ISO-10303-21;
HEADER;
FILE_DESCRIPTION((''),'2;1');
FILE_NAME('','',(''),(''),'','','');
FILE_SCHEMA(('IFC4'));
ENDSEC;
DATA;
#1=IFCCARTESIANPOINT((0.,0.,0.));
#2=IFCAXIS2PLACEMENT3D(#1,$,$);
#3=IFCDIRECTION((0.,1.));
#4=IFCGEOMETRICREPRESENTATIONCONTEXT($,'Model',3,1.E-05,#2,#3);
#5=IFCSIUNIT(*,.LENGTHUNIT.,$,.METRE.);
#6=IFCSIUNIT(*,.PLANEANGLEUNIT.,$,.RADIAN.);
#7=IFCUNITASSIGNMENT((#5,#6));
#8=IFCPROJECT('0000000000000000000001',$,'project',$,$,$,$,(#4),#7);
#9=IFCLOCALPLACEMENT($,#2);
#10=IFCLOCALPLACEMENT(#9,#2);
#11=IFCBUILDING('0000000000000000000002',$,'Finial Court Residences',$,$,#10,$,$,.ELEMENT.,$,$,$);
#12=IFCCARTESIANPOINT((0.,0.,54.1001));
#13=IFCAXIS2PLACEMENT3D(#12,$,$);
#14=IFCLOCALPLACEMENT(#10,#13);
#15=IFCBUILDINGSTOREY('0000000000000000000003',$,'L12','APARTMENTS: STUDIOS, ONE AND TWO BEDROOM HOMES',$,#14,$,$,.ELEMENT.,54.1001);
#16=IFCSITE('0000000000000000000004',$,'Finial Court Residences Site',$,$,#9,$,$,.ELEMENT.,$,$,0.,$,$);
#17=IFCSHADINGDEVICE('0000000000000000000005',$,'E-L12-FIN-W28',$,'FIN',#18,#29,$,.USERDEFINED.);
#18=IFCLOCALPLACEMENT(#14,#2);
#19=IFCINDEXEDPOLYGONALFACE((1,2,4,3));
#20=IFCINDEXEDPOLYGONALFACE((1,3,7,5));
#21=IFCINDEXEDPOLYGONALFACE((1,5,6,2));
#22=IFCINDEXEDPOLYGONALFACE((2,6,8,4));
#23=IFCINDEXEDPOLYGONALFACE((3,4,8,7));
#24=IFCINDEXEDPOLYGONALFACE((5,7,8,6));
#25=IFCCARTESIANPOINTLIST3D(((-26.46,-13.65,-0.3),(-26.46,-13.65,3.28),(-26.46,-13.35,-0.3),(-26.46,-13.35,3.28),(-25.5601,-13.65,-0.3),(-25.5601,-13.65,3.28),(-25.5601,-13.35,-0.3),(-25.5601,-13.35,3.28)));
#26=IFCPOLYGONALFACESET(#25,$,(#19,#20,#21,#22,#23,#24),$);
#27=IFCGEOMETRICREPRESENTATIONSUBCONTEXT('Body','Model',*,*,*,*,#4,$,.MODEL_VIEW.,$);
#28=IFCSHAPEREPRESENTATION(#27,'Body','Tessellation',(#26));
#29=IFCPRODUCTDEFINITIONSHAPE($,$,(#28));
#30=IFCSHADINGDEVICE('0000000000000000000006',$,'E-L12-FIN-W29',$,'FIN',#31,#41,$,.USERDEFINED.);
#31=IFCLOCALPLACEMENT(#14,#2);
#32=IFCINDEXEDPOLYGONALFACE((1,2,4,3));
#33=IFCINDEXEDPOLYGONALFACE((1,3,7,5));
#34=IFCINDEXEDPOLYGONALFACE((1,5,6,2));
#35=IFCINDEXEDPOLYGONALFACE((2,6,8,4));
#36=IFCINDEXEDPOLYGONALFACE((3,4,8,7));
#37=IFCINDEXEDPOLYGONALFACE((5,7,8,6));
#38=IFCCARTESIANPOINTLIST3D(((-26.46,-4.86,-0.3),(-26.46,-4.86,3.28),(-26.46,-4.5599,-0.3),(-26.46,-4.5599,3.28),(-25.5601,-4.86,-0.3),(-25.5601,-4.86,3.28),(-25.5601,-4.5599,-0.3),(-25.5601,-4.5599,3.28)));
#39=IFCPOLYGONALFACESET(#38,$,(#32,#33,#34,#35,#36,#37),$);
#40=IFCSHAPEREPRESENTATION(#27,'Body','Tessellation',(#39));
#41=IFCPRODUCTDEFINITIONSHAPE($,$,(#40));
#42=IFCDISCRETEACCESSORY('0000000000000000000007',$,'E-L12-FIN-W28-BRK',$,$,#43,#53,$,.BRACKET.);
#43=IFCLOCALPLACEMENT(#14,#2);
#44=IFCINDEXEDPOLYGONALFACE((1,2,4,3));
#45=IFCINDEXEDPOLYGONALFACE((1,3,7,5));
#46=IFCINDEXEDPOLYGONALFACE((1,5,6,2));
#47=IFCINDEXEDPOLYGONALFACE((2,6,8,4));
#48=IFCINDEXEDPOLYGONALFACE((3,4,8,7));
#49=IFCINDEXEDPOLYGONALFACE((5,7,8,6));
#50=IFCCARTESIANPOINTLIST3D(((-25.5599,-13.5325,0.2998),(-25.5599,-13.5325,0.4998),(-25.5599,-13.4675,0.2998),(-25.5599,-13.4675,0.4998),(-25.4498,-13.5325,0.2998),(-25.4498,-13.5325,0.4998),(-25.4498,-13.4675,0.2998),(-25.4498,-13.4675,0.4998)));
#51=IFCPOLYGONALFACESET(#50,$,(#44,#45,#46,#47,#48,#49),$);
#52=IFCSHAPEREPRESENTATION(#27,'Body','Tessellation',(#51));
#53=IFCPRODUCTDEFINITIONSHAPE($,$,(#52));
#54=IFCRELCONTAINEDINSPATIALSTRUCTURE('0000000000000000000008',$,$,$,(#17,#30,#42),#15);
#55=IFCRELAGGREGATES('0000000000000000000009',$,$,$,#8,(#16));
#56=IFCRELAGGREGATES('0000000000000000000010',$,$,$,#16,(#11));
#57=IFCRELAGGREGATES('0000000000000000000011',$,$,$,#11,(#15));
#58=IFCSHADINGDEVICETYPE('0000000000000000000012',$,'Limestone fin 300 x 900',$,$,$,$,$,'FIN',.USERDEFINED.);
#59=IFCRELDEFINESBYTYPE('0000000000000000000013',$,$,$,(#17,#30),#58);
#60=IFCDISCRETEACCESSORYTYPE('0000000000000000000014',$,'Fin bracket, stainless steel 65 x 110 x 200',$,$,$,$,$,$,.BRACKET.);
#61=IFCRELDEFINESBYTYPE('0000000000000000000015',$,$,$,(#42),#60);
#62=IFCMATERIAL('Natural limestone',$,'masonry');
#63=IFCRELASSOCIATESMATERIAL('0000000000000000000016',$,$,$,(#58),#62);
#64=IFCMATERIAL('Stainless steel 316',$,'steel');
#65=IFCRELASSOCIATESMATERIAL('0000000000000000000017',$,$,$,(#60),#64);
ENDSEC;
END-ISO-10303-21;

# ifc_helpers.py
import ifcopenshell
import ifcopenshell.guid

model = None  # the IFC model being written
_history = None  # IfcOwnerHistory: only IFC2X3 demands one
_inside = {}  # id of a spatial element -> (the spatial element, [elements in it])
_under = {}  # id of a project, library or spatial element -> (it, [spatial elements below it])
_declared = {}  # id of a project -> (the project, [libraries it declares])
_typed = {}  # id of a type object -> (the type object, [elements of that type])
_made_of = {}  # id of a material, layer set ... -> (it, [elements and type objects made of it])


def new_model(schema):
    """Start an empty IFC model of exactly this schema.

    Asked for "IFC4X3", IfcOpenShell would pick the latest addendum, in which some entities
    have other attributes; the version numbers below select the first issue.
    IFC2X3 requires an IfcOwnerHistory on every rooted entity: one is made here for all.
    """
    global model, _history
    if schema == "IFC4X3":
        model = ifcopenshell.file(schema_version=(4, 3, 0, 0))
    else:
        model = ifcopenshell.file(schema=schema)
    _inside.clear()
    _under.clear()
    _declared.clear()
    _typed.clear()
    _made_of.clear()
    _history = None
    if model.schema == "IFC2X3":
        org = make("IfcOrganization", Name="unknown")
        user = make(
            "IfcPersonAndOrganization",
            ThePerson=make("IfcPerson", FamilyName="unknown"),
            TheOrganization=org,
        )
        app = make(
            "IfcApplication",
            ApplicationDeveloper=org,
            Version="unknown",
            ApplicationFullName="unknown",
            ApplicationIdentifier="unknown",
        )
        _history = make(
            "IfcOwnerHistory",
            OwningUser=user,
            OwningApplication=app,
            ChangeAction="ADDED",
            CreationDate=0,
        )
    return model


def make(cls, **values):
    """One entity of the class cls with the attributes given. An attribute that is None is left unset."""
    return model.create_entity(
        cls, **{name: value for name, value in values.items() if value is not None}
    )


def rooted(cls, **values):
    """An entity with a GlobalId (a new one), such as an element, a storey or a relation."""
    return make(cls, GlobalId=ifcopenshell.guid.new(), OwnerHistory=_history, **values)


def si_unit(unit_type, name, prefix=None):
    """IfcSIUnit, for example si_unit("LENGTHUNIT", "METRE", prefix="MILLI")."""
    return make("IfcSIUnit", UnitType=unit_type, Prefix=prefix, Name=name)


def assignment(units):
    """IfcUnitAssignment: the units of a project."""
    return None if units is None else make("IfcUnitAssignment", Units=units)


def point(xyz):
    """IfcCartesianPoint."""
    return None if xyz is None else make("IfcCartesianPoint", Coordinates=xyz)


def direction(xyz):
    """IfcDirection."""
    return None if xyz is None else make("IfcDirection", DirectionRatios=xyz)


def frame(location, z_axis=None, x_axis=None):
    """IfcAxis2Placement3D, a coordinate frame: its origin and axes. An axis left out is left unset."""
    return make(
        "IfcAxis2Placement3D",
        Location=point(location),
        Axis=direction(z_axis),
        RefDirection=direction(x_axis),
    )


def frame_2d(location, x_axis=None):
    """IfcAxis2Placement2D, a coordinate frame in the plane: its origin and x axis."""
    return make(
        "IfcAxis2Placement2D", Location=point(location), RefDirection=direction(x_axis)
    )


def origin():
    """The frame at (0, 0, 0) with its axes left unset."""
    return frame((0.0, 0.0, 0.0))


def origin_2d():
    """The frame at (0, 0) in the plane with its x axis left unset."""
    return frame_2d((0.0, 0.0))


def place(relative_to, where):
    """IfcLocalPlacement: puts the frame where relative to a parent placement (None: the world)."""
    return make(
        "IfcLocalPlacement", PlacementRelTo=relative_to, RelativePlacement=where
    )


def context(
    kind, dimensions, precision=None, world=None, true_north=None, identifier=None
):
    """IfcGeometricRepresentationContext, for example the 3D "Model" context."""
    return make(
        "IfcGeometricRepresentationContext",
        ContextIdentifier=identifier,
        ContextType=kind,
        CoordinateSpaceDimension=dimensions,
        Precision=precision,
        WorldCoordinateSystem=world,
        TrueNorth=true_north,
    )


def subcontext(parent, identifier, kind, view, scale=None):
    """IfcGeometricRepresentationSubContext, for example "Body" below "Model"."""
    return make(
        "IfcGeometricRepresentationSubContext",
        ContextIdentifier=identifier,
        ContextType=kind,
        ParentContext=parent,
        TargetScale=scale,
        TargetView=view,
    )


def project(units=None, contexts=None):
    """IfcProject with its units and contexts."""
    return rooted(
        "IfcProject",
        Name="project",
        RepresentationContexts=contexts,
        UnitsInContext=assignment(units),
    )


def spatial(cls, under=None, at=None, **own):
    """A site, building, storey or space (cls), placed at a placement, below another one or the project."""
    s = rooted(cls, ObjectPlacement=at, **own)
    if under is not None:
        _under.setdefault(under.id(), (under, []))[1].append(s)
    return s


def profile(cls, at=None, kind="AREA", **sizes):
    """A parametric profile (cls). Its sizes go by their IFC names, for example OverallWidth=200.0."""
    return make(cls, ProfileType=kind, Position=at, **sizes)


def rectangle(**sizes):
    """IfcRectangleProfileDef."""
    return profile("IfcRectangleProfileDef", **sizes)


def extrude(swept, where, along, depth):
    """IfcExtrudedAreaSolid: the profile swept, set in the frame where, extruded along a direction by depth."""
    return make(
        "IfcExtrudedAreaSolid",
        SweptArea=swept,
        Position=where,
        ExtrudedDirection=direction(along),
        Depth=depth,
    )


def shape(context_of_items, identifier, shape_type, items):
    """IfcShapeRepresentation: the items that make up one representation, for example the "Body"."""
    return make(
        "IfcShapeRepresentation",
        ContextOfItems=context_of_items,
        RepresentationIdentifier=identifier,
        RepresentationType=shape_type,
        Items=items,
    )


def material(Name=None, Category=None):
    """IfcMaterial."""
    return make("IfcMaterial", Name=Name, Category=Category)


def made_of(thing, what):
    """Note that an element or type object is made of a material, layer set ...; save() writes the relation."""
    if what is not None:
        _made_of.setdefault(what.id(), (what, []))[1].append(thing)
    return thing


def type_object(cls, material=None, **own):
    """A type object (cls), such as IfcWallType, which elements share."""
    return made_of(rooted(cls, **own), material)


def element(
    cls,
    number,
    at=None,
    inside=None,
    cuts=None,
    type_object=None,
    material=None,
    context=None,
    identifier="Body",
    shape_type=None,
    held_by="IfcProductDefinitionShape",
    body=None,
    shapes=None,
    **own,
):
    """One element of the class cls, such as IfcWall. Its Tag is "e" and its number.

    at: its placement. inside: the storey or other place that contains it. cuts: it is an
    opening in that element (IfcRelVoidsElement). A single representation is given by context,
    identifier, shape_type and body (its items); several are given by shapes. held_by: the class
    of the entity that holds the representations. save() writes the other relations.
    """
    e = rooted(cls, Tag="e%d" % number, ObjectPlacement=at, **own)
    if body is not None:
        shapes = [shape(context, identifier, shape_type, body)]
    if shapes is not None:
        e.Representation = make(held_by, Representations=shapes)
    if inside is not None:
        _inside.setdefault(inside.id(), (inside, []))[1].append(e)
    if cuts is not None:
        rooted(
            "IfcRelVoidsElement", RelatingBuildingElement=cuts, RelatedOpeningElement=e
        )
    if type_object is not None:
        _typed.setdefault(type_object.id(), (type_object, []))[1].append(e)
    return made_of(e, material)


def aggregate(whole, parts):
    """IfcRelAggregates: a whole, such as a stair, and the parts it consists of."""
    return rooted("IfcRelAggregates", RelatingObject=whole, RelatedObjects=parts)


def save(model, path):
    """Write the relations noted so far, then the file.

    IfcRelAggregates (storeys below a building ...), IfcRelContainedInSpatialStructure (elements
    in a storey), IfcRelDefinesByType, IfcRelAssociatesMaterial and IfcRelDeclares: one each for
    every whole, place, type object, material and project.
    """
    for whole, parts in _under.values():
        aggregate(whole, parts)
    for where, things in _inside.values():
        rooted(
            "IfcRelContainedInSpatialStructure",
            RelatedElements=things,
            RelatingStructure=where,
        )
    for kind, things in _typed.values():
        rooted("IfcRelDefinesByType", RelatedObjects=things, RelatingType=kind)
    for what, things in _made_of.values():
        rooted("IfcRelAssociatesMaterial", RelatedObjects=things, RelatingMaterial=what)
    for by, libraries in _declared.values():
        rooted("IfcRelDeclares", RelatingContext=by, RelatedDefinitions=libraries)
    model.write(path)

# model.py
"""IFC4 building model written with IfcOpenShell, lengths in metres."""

from ifc_helpers import new_model, si_unit, direction, frame, origin, origin_2d, place, context, subcontext, project, spatial, rectangle, extrude, material, type_object, element, save


model = new_model("IFC4")

# Units and contexts
model_context = context("Model", 3, precision=1e-05, world=origin(), true_north=direction((0.0, 1.0)))
body_context = subcontext(model_context, "Body", "Model", "MODEL_VIEW")
ifc_project = project(units=[si_unit("LENGTHUNIT", "METRE"), si_unit("PLANEANGLEUNIT", "RADIAN")], contexts=[model_context])

# Site, building, storey
site_placement = place(None, origin())
site = spatial("IfcSite", under=ifc_project, at=site_placement, Name="Finial Court Residences Site", CompositionType="ELEMENT", RefElevation=0.0)
building_placement = place(site_placement, origin())
building = spatial("IfcBuilding", under=site, at=building_placement, Name="Finial Court Residences", CompositionType="ELEMENT")
storey_placement = place(building_placement, frame((0.0, 0.0, 54.1001)))
storey = spatial("IfcBuildingStorey", under=building, at=storey_placement, Name="L12", Description="APARTMENTS: STUDIOS, ONE AND TWO BEDROOM HOMES", CompositionType="ELEMENT", Elevation=54.1001)

# Shading devices
ifc_material_1 = material(Name="Natural limestone", Category="masonry")
shading_device_type = type_object("IfcShadingDeviceType", Name="Limestone fin 300 x 900", ElementType="FIN", PredefinedType="USERDEFINED", material=ifc_material_1)
for number, where, z_axis, x_axis, name in (
    (1, (-26.01, -13.5, -0.3), (0.0, 0.0, 1.0), (1.0, 0.0, 0.0), "E-L12-FIN-W28"),
    (2, (-26.01, -4.71, -0.3), (0.0, 0.0, 1.0), (1.0, 0.0, 0.0), "E-L12-FIN-W29"),
):
    element("IfcShadingDevice", number, at=place(storey_placement, frame(where, z_axis=z_axis, x_axis=x_axis)), inside=storey, type_object=shading_device_type, Name=name, ObjectType="FIN", PredefinedType="USERDEFINED", context=body_context, shape_type="SweptSolid", body=[
        extrude(rectangle(XDim=0.8999, YDim=0.3, at=origin_2d()), origin(), (0.0, 0.0, 1.0), 3.5801),
    ])

# Discrete accessory
ifc_material_2 = material(Name="Stainless steel 316", Category="steel")
discrete_accessory_type = type_object("IfcDiscreteAccessoryType", Name="Fin bracket, stainless steel 65 x 110 x 200", PredefinedType="BRACKET", material=ifc_material_2)
discrete_accessory_placement = place(storey_placement, frame((-25.5049, -13.5, 0.2998), z_axis=(0.0, 0.0, 1.0), x_axis=(1.0, 0.0, 0.0)))
element("IfcDiscreteAccessory", 3, at=discrete_accessory_placement, inside=storey, type_object=discrete_accessory_type, Name="E-L12-FIN-W28-BRK", PredefinedType="BRACKET", context=body_context, shape_type="SweptSolid", body=[
    extrude(rectangle(XDim=0.1101, YDim=0.0649, at=origin_2d()), origin(), (0.0, 0.0, 1.0), 0.2),
])

save(model, "model.ifc")
